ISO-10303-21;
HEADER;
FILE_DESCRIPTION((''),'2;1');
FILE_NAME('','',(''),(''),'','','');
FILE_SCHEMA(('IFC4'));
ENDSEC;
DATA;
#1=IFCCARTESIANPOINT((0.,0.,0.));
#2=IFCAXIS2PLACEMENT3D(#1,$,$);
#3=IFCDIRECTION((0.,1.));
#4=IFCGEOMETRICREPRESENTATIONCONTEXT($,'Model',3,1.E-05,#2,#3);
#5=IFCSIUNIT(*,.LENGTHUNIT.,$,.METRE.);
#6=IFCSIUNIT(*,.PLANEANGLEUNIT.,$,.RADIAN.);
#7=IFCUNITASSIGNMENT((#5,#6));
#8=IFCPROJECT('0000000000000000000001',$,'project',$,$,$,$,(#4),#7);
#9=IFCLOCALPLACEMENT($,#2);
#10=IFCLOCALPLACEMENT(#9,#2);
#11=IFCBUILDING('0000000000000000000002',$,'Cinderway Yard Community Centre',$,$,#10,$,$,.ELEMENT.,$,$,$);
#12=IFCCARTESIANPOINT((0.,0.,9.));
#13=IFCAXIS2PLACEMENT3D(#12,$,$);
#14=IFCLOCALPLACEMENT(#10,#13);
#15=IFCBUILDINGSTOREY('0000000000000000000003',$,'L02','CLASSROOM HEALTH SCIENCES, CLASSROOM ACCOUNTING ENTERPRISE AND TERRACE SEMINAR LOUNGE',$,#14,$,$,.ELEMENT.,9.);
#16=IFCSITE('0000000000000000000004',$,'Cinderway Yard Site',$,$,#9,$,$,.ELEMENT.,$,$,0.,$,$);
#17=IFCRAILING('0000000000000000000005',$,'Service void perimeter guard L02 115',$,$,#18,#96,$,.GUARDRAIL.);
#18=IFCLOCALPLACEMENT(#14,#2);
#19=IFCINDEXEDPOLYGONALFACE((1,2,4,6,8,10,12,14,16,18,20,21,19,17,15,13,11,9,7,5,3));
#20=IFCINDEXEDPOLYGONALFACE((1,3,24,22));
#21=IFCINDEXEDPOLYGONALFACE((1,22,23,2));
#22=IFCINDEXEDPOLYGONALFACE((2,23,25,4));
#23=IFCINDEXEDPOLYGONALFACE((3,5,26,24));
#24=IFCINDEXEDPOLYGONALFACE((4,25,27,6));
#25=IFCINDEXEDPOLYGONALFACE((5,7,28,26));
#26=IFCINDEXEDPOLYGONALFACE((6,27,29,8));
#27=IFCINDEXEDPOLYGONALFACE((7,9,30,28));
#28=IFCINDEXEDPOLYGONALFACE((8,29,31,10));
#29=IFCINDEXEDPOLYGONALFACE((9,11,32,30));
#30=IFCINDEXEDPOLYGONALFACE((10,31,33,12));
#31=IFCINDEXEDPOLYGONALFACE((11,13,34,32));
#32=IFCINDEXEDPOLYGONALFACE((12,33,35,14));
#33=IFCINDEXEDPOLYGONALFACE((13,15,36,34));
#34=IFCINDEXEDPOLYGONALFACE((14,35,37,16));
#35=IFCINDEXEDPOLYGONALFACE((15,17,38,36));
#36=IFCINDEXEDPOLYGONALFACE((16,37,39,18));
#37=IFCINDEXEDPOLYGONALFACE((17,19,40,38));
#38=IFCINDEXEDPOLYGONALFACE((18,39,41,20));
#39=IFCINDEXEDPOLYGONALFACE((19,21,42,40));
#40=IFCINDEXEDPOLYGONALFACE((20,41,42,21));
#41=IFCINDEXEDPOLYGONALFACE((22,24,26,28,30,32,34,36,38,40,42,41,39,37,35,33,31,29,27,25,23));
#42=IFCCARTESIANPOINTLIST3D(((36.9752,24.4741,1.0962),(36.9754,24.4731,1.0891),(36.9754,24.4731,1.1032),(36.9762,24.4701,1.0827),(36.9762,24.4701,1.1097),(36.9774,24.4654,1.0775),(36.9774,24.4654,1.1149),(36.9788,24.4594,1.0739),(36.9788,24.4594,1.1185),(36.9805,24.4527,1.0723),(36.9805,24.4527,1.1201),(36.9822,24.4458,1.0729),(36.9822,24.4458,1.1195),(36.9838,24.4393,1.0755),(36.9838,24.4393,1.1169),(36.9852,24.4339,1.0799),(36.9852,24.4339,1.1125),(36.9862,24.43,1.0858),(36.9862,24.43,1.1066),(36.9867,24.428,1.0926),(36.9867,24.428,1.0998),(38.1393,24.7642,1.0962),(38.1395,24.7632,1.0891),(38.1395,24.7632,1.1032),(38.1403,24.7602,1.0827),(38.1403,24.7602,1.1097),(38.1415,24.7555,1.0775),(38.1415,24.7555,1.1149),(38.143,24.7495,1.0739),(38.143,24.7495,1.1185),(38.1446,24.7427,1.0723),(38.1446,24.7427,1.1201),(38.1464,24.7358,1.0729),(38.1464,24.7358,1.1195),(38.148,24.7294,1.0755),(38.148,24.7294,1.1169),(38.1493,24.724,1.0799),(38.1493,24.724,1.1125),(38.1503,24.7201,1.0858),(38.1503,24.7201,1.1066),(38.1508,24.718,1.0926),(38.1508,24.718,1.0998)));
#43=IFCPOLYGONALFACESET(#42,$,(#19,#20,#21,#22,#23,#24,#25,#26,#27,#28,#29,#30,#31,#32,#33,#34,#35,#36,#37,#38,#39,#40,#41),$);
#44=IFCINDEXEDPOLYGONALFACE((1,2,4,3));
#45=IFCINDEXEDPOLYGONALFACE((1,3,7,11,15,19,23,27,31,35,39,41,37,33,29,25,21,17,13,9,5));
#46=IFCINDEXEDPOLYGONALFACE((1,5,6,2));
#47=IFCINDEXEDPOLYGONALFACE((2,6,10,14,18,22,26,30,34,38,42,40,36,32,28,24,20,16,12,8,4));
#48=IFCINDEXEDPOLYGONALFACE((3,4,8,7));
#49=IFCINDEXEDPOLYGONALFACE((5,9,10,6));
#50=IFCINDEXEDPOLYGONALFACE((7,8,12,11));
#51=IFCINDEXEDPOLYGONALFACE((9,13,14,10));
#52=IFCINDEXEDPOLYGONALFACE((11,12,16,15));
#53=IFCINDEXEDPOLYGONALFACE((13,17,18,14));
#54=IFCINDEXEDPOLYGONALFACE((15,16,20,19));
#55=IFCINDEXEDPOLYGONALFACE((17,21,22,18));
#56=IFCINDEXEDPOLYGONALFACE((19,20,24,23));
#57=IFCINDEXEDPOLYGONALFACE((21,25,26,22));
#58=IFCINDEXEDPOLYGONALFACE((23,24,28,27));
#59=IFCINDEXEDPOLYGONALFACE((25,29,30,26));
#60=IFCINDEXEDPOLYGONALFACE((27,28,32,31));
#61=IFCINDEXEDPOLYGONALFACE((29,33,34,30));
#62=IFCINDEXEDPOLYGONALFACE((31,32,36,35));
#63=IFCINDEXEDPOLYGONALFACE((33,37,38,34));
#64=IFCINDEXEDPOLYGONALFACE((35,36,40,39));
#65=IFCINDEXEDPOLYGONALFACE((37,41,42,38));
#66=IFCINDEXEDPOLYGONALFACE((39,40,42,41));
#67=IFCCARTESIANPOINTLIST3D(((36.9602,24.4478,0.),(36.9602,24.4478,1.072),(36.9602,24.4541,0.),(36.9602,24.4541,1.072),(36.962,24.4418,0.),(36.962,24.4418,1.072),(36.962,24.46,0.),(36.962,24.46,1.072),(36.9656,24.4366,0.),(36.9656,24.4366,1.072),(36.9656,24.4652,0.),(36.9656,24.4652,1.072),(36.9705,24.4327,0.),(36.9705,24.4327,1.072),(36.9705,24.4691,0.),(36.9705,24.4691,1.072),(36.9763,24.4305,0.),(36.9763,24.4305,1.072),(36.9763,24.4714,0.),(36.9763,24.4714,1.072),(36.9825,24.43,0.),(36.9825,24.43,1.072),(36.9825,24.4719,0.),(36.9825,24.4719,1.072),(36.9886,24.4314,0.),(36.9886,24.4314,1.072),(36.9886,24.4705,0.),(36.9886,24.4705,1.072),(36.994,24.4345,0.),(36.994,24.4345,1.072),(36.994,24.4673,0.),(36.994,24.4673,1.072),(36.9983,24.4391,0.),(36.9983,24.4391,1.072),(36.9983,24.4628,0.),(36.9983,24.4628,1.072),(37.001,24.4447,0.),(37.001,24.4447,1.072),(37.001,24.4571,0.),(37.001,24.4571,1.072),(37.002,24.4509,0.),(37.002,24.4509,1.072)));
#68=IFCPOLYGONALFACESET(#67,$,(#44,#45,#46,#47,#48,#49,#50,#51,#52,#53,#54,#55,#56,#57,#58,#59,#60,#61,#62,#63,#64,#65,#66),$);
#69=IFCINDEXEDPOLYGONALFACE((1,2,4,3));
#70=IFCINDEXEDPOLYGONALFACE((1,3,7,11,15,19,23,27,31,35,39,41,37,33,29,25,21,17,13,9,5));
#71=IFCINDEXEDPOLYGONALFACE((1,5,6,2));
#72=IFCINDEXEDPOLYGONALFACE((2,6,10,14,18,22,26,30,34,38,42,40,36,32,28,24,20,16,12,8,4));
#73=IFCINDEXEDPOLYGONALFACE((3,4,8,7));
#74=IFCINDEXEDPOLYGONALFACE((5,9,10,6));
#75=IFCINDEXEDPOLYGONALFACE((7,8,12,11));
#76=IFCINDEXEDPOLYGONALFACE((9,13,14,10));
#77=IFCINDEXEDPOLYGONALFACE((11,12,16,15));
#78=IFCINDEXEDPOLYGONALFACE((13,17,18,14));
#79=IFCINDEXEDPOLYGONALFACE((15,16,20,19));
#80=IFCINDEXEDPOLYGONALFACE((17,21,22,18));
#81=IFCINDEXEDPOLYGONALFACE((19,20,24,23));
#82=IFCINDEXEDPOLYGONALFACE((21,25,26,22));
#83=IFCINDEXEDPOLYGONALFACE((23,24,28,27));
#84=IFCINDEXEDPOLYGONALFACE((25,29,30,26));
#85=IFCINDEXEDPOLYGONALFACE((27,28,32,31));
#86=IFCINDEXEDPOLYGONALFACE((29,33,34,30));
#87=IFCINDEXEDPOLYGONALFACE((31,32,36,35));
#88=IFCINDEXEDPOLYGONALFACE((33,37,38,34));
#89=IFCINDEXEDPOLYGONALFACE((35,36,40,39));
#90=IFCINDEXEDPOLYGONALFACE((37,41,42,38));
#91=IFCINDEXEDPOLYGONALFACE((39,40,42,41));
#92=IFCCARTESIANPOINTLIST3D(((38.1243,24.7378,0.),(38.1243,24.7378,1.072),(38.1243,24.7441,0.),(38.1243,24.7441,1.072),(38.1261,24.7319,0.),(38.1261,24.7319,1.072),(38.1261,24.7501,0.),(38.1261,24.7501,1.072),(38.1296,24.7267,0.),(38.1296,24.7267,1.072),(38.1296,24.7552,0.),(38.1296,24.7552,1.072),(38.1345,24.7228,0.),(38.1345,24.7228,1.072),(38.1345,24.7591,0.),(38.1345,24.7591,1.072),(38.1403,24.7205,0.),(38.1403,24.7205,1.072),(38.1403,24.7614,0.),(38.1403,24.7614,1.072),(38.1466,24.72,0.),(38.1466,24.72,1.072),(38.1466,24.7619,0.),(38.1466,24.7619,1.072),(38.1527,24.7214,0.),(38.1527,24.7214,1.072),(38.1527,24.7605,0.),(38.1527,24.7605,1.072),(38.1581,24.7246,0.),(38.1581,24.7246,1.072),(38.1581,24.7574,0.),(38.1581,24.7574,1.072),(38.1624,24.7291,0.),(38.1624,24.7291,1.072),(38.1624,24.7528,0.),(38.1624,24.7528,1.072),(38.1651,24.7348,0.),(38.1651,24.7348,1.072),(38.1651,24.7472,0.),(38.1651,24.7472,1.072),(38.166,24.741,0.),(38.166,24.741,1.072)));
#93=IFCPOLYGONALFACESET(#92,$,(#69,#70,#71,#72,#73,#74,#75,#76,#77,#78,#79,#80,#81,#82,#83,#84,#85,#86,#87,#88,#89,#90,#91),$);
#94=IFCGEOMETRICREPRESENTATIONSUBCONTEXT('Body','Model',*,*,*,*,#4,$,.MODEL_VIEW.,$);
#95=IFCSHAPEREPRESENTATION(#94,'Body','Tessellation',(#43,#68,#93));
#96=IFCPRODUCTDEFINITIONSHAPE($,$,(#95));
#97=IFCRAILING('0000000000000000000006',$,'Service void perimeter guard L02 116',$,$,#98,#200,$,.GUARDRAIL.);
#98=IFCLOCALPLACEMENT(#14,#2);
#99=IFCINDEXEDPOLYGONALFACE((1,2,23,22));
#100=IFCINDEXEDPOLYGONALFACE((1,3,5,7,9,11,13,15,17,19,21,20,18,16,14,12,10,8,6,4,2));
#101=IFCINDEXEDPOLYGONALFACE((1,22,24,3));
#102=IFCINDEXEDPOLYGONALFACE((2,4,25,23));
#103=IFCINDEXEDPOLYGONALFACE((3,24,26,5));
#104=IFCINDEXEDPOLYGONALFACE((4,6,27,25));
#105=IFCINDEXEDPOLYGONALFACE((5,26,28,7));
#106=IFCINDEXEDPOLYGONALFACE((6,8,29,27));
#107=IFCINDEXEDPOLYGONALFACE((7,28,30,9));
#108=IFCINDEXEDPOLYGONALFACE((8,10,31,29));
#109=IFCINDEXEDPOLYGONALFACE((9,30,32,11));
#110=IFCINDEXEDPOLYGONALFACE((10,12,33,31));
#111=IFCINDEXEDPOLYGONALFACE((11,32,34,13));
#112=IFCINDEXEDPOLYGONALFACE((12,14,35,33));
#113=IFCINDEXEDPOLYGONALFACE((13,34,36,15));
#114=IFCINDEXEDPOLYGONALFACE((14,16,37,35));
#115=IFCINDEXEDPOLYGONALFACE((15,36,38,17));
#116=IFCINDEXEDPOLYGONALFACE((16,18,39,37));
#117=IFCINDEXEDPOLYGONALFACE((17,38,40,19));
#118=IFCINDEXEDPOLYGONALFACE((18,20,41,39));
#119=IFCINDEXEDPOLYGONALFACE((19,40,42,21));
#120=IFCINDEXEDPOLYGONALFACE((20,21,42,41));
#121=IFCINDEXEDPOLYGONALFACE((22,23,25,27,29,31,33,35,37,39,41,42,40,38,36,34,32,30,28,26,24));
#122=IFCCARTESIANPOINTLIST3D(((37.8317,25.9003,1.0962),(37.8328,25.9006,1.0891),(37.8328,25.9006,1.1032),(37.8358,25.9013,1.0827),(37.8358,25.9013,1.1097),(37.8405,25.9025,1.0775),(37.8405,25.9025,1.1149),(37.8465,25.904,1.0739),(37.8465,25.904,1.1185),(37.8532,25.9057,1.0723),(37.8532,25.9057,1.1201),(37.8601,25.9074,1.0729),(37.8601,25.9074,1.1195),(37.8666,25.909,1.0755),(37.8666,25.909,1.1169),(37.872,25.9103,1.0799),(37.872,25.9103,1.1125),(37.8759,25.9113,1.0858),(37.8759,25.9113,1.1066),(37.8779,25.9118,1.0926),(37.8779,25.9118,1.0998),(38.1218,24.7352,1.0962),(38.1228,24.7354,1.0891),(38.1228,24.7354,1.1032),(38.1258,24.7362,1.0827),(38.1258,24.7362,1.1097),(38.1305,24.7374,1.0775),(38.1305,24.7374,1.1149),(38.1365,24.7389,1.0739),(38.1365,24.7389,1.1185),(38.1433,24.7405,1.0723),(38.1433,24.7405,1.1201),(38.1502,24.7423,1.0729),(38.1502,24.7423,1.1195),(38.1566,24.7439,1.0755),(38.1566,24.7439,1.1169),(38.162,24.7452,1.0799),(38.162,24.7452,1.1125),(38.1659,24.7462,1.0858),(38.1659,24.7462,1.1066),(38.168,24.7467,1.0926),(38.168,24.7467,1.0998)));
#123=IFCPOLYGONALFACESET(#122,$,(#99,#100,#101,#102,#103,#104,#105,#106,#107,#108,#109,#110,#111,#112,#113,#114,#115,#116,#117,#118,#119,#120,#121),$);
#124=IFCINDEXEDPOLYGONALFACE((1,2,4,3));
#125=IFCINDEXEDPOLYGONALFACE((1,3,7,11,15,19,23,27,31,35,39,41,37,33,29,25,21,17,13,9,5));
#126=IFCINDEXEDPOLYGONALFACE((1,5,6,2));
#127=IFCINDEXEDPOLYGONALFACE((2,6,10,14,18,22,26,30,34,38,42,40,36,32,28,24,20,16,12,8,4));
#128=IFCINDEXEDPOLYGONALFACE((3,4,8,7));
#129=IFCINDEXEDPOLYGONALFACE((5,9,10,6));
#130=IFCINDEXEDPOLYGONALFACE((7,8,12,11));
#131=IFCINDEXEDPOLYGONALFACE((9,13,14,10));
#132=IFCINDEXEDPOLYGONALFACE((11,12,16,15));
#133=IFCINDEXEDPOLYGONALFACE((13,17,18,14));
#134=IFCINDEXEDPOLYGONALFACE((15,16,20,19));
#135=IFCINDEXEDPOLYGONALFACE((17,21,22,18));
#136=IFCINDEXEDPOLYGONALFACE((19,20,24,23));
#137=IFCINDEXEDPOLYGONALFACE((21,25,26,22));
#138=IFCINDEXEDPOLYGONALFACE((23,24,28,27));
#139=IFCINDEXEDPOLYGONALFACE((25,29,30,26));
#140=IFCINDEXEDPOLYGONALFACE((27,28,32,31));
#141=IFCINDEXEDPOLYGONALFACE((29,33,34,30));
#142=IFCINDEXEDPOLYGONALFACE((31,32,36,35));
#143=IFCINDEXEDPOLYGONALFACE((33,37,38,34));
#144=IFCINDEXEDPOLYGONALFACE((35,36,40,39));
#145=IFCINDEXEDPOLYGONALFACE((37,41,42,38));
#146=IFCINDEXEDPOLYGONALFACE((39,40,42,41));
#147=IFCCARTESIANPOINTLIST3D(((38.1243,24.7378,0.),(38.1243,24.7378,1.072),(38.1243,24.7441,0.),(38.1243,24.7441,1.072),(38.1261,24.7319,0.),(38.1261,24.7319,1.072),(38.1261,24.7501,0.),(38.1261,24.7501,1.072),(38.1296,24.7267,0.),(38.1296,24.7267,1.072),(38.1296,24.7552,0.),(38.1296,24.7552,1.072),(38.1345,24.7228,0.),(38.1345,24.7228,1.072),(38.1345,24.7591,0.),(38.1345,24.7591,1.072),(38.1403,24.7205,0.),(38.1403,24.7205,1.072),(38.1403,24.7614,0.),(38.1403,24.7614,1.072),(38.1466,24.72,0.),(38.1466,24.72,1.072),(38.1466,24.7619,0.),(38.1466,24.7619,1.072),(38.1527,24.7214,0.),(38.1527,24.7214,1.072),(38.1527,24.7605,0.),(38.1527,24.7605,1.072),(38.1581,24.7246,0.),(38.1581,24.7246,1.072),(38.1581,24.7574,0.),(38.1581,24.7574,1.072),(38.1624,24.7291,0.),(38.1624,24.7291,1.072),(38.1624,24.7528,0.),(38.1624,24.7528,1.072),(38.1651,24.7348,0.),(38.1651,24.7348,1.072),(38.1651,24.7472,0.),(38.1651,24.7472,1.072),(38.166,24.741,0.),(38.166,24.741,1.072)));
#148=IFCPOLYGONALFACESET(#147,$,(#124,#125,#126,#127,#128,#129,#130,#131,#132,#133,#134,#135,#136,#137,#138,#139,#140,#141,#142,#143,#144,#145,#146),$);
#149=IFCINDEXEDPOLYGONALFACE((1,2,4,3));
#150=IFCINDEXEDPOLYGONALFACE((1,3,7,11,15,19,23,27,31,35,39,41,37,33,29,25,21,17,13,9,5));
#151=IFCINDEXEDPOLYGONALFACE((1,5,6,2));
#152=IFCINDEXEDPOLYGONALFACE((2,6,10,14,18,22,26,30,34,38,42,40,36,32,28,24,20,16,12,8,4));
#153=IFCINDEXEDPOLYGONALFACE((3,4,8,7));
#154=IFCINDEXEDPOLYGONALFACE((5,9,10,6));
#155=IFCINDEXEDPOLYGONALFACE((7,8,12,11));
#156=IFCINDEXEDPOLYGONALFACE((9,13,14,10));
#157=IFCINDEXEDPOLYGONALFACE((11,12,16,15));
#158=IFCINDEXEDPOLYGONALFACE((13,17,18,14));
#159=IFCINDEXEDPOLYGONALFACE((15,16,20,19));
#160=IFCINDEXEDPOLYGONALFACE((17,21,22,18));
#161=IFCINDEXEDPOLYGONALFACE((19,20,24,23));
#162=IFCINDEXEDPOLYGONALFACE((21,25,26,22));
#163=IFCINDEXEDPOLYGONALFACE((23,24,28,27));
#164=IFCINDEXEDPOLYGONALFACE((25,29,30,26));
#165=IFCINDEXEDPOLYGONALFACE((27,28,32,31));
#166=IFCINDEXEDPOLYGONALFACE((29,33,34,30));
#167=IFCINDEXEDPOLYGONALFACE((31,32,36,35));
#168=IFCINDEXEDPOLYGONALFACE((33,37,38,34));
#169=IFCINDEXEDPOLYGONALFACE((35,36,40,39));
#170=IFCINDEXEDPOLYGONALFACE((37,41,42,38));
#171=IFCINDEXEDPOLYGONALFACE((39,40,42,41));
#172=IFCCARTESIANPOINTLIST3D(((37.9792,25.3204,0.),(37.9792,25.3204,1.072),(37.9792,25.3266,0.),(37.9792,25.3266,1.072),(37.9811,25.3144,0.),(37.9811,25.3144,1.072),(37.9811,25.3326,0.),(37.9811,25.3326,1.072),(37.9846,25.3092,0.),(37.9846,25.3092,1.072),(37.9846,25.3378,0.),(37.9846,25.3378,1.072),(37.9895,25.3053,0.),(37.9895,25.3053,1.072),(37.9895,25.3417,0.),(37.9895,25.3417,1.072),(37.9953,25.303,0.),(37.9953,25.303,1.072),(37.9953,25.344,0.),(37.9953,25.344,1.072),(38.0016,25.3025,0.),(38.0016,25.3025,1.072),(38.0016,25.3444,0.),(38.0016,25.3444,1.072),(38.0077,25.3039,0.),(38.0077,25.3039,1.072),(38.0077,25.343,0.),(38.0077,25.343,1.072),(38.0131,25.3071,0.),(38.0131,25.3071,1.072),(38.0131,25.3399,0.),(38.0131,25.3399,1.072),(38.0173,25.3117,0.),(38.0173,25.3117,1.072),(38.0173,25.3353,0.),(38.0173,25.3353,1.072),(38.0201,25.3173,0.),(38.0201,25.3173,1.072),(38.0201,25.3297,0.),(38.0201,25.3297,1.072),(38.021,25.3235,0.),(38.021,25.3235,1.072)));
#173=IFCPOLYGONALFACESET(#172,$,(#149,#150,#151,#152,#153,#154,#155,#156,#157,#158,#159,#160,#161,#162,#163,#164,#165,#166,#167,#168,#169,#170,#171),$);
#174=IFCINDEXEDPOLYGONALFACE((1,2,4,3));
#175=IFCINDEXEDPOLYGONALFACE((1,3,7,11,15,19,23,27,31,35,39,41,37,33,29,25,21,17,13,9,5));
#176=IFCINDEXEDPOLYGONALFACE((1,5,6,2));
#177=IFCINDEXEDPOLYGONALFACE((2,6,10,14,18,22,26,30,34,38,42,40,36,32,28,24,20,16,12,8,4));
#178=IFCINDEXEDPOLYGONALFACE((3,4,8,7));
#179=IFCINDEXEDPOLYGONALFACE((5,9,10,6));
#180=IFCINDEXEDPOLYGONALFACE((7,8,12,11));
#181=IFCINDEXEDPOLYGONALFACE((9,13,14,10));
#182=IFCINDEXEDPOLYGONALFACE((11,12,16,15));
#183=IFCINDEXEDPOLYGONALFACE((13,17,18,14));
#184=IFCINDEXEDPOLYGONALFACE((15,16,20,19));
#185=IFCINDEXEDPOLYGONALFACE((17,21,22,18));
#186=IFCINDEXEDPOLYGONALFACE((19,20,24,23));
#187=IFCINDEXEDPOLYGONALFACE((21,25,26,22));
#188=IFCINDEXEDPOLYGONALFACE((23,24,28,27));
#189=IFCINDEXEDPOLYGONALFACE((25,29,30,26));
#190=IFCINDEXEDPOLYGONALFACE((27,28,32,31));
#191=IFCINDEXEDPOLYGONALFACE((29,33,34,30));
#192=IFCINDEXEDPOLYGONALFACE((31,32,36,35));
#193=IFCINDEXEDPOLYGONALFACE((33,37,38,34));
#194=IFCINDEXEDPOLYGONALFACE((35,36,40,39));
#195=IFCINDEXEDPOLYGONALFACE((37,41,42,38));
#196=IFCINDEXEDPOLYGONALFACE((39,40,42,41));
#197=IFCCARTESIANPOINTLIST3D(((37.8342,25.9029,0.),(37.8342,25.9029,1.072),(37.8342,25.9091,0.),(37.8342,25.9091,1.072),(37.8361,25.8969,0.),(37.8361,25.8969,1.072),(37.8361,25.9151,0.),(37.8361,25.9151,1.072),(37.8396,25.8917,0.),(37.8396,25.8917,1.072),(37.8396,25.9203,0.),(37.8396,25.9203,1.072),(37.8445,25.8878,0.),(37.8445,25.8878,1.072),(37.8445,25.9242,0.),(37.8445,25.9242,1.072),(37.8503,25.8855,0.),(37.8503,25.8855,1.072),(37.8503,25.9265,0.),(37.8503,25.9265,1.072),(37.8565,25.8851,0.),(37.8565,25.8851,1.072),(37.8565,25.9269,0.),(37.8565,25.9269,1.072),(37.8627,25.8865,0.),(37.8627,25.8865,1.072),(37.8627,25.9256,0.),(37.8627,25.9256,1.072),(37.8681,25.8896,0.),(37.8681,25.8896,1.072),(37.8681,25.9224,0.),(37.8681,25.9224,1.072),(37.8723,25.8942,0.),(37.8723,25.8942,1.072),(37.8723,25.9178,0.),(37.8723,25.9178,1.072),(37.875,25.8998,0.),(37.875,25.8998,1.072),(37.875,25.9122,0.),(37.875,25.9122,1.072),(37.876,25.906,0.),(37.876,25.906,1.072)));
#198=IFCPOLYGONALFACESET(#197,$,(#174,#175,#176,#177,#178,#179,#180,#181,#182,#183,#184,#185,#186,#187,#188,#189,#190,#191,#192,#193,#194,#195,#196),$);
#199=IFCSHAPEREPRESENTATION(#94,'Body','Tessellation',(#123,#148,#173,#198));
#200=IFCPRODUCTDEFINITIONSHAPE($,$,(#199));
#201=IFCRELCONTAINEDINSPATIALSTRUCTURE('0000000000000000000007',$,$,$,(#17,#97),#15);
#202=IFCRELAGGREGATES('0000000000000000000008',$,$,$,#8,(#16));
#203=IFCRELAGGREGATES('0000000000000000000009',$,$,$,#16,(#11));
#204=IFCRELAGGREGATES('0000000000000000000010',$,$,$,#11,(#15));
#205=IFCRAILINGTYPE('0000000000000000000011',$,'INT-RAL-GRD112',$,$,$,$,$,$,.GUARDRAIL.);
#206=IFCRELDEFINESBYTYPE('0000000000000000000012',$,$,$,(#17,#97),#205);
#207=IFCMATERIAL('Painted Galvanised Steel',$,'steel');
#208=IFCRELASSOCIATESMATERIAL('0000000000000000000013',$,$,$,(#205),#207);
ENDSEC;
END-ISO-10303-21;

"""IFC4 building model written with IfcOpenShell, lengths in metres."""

from ifc_helpers import new_model, si_unit, direction, frame, origin, origin_2d, place, context, subcontext, project, spatial, circle, extrude, material, type_object, element, save


model = new_model("IFC4")

# Units and contexts
model_context = context("Model", 3, precision=1e-05, world=origin(), true_north=direction((0.0, 1.0)))
body_context = subcontext(model_context, "Body", "Model", "MODEL_VIEW")
ifc_project = project(units=[si_unit("LENGTHUNIT", "METRE"), si_unit("PLANEANGLEUNIT", "RADIAN")], contexts=[model_context])

# Site, building, storey
site_placement = place(None, origin())
site = spatial("IfcSite", under=ifc_project, at=site_placement, Name="Cinderway Yard Site", CompositionType="ELEMENT", RefElevation=0.0)
building_placement = place(site_placement, origin())
building = spatial("IfcBuilding", under=site, at=building_placement, Name="Cinderway Yard Community Centre", CompositionType="ELEMENT")
storey_placement = place(building_placement, frame((0.0, 0.0, 9.0)))
storey = spatial("IfcBuildingStorey", under=building, at=storey_placement, Name="L02", Description="CLASSROOM HEALTH SCIENCES, CLASSROOM ACCOUNTING ENTERPRISE AND TERRACE SEMINAR LOUNGE", CompositionType="ELEMENT", Elevation=9.0)

# Railings
ifc_material_1 = material(Name="Painted Galvanised Steel", Category="steel")
railing_type = type_object("IfcRailingType", Name="INT-RAL-GRD112", PredefinedType="GUARDRAIL", material=ifc_material_1)
railing_1_placement = place(storey_placement, frame((36.981, 24.4509, 0.0)))
element("IfcRailing", 1, at=railing_1_placement, inside=storey, type_object=railing_type, Name="Service void perimeter guard L02 115", PredefinedType="GUARDRAIL", context=body_context, shape_type="SweptSolid", body=[
    extrude(circle(Radius=0.0239, at=origin_2d()), frame((0.0, 0.0, 1.0962), z_axis=(0.970334, 0.241769, 0.0), x_axis=(-0.241769, 0.970334, 0.0)), (0.0, 0.0, 1.0), 1.1997),
    extrude(circle(Radius=0.021, at=origin_2d()), origin(), (0.0, 0.0, 1.0), 1.072),
    extrude(circle(Radius=0.021, at=origin_2d()), frame((1.1641, 0.29, 0.0)), (0.0, 0.0, 1.0), 1.072),
])
railing_2_placement = place(storey_placement, frame((38.145, 24.741, 0.0)))
element("IfcRailing", 2, at=railing_2_placement, inside=storey, type_object=railing_type, Name="Service void perimeter guard L02 116", PredefinedType="GUARDRAIL", context=body_context, shape_type="SweptSolid", body=[
    extrude(circle(Radius=0.0239, at=origin_2d()), frame((0.0, 0.0, 1.0962), z_axis=(-0.241579, 0.970381, 0.0), x_axis=(-0.970381, -0.241579, 0.0)), (0.0, 0.0, 1.0), 1.2007),
    extrude(circle(Radius=0.021, at=origin_2d()), origin(), (0.0, 0.0, 1.0), 1.072),
    extrude(circle(Radius=0.021, at=origin_2d()), frame((-0.145, 0.5825, 0.0)), (0.0, 0.0, 1.0), 1.072),
    extrude(circle(Radius=0.021, at=origin_2d()), frame((-0.29, 1.165, 0.0)), (0.0, 0.0, 1.0), 1.072),
])

save(model, "model.ifc")
